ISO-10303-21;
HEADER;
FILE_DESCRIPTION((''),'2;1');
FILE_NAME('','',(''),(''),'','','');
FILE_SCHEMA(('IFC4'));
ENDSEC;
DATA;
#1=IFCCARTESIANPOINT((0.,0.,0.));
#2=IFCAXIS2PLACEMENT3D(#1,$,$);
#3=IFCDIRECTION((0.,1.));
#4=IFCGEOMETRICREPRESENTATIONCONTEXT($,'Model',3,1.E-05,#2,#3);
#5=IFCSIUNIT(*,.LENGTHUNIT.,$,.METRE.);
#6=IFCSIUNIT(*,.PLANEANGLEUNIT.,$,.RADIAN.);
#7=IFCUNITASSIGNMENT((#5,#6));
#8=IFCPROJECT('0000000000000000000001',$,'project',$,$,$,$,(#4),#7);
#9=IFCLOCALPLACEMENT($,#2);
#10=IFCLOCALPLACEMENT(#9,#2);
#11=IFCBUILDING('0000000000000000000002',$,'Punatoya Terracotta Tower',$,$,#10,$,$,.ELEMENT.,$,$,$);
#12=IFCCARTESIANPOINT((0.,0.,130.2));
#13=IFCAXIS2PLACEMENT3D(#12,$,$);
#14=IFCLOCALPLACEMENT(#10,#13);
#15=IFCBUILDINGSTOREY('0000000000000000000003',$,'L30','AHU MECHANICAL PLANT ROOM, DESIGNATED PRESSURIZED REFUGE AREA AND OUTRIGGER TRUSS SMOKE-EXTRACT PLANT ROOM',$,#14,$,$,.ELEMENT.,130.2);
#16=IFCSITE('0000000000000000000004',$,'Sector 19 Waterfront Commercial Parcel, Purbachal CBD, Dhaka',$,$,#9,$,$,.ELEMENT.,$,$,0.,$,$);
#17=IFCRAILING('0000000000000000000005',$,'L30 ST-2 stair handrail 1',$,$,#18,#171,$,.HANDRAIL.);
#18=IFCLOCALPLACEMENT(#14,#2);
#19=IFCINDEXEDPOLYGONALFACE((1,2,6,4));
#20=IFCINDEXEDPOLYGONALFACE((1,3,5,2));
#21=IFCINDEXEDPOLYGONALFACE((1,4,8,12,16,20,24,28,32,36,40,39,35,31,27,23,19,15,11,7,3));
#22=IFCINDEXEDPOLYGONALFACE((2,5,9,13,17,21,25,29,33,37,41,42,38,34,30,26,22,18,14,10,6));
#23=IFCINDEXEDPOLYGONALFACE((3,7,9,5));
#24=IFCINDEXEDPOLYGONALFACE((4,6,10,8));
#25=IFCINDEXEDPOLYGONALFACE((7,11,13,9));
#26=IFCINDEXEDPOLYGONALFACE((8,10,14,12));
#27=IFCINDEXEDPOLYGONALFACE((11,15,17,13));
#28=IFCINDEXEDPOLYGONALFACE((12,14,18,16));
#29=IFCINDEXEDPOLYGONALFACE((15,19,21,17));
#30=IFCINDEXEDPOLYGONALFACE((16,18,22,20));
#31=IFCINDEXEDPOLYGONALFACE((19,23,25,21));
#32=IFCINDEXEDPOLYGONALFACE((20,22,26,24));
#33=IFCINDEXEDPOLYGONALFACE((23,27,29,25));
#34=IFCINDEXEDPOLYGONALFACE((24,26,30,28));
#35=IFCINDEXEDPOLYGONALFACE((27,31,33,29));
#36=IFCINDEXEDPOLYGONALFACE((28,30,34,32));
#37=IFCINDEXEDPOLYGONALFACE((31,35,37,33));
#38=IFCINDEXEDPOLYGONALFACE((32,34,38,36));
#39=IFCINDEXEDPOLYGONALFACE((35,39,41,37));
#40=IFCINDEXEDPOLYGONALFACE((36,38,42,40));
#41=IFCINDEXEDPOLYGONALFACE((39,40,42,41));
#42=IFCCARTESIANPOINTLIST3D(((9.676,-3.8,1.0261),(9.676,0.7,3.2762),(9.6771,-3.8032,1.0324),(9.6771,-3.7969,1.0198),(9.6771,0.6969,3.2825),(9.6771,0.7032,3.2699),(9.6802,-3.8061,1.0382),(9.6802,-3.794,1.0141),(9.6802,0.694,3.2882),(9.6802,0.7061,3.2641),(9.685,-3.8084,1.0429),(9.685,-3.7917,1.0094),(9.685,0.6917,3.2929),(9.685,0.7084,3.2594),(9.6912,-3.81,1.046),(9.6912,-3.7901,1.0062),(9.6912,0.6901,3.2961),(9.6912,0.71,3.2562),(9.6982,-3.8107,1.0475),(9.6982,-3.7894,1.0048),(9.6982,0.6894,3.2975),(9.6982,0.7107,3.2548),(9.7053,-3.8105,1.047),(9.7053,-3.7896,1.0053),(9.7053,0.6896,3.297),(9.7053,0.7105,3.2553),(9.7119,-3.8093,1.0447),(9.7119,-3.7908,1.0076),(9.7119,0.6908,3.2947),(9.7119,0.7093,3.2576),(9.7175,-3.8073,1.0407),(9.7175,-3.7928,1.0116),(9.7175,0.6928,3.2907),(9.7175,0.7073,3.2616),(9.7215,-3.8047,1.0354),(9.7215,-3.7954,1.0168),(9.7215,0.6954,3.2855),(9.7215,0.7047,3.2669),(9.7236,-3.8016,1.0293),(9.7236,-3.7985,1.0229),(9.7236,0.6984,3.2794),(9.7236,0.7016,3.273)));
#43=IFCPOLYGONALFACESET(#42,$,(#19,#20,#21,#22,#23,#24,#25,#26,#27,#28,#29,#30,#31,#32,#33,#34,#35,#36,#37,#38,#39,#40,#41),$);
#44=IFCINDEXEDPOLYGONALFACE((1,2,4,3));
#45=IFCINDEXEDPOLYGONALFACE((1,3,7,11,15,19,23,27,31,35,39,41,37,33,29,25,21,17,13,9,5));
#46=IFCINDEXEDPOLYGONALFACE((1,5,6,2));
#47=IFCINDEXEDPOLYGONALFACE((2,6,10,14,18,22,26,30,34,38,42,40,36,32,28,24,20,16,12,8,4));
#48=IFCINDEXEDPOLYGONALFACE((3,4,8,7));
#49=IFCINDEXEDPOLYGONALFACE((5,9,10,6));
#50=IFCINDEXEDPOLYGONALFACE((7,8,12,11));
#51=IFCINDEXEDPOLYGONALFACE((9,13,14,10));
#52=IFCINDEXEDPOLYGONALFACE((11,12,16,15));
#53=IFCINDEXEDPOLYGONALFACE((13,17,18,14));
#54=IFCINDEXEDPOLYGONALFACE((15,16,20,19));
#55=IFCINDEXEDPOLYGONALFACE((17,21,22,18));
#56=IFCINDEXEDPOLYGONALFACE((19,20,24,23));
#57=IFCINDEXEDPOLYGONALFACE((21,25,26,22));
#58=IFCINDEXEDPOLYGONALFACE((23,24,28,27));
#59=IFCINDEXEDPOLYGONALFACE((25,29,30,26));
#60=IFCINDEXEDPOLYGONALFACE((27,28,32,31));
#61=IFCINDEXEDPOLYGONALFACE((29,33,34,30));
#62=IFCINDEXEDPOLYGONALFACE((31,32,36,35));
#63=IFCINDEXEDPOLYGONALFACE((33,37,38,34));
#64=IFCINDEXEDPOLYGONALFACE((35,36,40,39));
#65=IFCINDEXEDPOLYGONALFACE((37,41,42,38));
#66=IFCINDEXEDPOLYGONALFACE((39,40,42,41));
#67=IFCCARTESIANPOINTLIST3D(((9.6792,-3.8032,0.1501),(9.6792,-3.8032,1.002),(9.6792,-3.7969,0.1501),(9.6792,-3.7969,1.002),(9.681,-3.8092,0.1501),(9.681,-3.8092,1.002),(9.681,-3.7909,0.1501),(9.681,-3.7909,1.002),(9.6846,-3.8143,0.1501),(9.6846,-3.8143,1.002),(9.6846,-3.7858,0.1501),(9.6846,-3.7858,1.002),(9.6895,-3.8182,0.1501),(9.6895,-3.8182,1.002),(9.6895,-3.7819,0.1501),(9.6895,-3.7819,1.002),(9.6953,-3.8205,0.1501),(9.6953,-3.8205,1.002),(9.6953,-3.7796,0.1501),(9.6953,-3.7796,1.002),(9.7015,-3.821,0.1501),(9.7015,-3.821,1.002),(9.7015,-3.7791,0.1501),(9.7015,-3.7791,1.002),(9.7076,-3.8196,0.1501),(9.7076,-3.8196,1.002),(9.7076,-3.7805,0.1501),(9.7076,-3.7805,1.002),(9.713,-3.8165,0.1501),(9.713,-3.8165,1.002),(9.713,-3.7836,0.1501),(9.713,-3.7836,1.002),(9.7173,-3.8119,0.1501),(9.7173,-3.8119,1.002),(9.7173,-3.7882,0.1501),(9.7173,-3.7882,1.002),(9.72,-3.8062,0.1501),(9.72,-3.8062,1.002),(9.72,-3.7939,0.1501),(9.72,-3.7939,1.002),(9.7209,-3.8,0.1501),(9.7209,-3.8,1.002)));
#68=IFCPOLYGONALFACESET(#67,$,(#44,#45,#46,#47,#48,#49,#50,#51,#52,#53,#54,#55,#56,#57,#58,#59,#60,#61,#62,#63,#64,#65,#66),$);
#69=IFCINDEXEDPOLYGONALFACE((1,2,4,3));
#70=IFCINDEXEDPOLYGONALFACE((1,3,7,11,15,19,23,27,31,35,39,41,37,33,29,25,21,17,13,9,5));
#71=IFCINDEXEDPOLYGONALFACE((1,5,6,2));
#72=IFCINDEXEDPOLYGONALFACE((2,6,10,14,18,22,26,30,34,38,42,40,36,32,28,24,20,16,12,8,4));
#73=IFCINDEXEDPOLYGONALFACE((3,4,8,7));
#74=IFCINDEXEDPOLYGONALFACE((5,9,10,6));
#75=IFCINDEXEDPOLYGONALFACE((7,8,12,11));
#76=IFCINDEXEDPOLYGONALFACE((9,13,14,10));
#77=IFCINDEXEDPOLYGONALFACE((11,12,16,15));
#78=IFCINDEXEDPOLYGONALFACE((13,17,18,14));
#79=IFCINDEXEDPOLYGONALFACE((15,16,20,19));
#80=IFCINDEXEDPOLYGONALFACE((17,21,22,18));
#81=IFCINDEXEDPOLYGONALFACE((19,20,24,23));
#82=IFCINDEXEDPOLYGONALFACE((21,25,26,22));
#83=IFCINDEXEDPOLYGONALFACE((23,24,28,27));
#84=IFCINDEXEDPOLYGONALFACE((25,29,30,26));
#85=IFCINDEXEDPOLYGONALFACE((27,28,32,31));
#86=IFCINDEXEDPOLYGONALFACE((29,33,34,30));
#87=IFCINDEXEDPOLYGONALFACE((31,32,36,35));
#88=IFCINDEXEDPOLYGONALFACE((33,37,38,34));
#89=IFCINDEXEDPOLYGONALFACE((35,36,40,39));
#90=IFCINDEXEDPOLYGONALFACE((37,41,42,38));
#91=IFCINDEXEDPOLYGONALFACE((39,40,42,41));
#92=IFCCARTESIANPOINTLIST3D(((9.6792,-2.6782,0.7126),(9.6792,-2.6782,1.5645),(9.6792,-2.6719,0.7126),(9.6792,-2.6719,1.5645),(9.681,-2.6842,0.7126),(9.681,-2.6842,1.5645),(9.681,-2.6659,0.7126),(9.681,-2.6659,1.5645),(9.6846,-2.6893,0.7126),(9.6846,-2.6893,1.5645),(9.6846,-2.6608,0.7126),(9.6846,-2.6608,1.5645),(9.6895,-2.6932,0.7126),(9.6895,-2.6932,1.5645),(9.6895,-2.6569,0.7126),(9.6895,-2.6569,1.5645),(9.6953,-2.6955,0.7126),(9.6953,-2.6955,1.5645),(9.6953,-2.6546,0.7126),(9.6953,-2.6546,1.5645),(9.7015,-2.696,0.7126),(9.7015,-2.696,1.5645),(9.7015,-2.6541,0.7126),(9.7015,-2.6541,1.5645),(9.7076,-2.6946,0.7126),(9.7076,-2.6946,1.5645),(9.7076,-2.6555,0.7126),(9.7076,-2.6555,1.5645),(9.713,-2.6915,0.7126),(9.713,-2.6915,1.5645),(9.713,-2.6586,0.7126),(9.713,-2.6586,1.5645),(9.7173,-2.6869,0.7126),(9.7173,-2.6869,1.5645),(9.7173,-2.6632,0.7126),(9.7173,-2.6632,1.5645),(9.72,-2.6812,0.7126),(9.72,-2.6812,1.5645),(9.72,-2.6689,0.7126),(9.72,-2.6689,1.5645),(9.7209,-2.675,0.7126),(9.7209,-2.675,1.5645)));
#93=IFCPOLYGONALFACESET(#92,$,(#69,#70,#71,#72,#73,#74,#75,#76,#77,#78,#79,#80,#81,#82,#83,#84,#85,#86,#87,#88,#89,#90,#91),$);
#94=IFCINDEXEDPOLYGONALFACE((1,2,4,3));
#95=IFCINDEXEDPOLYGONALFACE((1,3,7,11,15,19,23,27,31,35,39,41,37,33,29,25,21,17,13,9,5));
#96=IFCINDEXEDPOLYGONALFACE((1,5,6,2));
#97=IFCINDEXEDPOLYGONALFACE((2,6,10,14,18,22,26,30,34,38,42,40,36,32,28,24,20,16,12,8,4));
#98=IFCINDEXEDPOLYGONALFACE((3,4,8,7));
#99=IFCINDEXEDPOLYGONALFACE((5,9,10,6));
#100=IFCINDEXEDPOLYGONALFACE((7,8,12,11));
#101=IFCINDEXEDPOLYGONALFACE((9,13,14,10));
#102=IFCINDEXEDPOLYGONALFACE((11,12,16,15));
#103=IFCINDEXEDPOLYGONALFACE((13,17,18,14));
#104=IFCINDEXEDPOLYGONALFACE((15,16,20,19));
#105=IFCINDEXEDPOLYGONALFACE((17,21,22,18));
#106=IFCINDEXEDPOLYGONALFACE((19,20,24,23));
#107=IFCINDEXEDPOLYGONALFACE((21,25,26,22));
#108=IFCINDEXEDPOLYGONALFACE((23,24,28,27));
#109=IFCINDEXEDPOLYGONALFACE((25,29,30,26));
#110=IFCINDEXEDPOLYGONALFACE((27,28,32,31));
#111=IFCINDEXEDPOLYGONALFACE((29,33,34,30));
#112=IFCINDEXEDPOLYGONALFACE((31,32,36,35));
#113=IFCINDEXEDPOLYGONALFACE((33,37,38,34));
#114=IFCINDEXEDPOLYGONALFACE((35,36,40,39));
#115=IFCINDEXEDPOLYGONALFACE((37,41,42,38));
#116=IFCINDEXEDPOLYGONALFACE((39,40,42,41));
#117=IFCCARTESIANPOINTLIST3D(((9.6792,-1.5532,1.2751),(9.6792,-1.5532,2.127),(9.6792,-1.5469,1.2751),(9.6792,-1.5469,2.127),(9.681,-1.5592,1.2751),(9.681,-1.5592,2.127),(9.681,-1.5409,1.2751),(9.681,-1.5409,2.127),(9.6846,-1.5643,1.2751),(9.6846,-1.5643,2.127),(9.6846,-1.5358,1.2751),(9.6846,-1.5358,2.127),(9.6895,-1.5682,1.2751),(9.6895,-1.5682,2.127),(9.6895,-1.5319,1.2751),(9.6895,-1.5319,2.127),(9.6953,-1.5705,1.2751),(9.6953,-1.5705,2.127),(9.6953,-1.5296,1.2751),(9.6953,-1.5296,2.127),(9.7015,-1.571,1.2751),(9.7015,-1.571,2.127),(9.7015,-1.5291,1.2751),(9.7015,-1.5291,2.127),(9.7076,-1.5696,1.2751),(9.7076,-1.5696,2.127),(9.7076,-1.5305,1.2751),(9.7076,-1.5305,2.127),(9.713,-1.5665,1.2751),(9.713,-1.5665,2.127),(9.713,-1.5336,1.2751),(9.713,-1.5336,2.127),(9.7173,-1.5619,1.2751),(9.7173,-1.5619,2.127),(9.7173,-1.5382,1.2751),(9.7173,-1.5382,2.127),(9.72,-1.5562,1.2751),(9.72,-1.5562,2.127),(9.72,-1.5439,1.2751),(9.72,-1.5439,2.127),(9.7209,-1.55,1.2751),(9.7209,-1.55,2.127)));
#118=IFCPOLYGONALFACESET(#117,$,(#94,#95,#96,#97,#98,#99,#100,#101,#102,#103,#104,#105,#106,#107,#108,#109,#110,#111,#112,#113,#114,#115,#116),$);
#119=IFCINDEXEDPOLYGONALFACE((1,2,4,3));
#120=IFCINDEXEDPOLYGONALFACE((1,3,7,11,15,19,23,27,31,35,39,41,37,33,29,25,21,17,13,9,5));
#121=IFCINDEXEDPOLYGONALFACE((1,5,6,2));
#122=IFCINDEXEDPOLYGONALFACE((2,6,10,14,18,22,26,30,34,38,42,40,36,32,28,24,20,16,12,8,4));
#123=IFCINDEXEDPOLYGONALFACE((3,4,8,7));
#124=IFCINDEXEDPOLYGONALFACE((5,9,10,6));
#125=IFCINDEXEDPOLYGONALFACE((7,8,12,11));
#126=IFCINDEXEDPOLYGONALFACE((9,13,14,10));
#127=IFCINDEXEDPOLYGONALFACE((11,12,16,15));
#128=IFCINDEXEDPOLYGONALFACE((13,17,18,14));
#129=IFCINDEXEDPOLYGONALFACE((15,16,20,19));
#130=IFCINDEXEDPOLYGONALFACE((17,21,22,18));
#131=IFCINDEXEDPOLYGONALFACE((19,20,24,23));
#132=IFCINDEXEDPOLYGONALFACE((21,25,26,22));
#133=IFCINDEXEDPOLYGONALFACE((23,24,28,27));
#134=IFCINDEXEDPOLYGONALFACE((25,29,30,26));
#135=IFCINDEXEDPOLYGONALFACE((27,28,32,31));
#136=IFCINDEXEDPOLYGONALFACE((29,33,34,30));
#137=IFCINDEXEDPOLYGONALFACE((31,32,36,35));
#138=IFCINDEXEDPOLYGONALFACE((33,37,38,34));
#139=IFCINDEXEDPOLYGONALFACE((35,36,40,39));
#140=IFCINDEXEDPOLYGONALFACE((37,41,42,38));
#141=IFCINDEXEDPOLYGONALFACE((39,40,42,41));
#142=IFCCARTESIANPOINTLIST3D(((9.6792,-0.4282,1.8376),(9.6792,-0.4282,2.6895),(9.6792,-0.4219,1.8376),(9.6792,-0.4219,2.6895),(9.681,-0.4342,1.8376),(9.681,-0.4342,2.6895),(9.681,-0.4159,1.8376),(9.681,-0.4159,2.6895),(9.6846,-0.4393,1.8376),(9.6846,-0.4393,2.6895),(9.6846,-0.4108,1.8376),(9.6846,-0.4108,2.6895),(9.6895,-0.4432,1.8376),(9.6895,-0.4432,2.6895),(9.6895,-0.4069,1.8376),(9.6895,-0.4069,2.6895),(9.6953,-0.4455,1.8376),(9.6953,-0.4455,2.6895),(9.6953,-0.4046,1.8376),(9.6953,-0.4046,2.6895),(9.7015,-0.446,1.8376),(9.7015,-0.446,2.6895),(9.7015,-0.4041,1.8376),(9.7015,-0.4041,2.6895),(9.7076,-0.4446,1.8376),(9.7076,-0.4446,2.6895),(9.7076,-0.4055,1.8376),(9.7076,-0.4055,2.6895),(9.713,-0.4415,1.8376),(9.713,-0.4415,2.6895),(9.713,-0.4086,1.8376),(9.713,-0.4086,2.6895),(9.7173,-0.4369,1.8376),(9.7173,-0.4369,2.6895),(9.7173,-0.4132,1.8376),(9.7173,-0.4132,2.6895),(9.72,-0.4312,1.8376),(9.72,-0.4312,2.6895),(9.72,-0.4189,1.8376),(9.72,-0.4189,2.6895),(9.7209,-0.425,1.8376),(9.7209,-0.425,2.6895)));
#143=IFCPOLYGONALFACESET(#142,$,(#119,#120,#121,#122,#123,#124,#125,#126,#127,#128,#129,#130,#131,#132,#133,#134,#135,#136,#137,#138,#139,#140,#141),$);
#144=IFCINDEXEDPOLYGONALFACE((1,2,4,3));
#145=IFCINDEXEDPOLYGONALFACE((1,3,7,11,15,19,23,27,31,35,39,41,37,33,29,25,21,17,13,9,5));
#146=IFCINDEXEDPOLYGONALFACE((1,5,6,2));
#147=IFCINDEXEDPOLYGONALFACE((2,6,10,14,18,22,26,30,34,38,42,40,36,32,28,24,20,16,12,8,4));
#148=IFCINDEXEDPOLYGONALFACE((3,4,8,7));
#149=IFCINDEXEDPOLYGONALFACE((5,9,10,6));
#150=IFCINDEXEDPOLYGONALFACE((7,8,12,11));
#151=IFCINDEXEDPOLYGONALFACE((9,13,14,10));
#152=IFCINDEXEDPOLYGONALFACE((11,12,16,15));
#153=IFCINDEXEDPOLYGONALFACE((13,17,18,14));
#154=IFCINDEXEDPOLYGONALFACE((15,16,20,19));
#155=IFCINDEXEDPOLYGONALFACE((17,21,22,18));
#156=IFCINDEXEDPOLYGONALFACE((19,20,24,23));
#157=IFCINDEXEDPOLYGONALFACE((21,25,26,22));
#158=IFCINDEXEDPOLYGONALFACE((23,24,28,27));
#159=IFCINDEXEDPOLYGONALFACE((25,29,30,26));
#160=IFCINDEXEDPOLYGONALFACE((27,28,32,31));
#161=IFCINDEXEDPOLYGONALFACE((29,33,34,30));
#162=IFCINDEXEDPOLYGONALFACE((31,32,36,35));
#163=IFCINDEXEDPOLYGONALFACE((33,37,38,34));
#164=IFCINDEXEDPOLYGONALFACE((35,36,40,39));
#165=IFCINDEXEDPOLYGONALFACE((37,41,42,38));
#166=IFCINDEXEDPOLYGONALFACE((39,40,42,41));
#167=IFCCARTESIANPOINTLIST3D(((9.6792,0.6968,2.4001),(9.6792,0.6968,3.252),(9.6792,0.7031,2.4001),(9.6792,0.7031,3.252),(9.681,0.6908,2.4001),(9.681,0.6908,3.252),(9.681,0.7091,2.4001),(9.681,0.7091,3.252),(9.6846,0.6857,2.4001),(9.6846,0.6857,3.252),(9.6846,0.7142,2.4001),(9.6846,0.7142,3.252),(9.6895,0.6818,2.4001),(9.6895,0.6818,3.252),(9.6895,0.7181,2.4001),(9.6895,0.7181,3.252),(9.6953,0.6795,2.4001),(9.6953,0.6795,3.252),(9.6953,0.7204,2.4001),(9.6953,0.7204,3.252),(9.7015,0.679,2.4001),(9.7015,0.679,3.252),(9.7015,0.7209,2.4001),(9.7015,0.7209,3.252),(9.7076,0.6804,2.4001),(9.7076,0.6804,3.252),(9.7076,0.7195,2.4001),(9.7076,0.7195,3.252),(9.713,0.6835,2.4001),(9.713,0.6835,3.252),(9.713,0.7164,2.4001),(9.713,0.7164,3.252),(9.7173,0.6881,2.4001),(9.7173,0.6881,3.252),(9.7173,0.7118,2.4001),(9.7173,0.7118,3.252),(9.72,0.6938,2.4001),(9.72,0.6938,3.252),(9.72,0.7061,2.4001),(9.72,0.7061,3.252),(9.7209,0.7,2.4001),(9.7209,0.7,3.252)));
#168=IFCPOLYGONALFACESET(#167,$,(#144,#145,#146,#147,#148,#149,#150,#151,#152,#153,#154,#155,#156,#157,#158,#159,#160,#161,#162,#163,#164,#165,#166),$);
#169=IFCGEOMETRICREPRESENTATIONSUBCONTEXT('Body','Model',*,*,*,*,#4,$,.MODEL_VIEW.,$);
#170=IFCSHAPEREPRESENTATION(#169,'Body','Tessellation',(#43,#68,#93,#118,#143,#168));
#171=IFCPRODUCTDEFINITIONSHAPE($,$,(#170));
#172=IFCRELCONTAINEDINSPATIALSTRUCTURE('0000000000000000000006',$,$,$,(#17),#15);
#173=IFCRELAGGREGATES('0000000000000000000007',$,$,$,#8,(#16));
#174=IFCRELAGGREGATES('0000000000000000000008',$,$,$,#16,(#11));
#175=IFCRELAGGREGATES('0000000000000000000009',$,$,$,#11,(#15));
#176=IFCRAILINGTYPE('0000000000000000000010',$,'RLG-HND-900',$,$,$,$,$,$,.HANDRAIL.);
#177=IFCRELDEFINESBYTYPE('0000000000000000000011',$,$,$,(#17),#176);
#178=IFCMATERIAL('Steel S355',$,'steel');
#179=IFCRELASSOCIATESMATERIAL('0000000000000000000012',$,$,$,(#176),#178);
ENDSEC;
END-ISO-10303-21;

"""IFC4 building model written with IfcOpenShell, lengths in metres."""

from ifc_helpers import new_model, si_unit, direction, frame, origin, origin_2d, place, context, subcontext, project, spatial, circle, extrude, material, type_object, element, save


model = new_model("IFC4")

# Units and contexts
model_context = context("Model", 3, precision=1e-05, world=origin(), true_north=direction((0.0, 1.0)))
body_context = subcontext(model_context, "Body", "Model", "MODEL_VIEW")
ifc_project = project(units=[si_unit("LENGTHUNIT", "METRE"), si_unit("PLANEANGLEUNIT", "RADIAN")], contexts=[model_context])

# Site, building, storey
site_placement = place(None, origin())
site = spatial("IfcSite", under=ifc_project, at=site_placement, Name="Sector 19 Waterfront Commercial Parcel, Purbachal CBD, Dhaka", CompositionType="ELEMENT", RefElevation=0.0)
building_placement = place(site_placement, origin())
building = spatial("IfcBuilding", under=site, at=building_placement, Name="Punatoya Terracotta Tower", CompositionType="ELEMENT")
storey_placement = place(building_placement, frame((0.0, 0.0, 130.2)))
storey = spatial("IfcBuildingStorey", under=building, at=storey_placement, Name="L30", Description="AHU MECHANICAL PLANT ROOM, DESIGNATED PRESSURIZED REFUGE AREA AND OUTRIGGER TRUSS SMOKE-EXTRACT PLANT ROOM", CompositionType="ELEMENT", Elevation=130.2)

# Shared definitions
ifc_material_1 = material(Name="Steel S355", Category="steel")

# Railing
railing_type_1 = type_object("IfcRailingType", Name="RLG-HND-900", PredefinedType="HANDRAIL", material=ifc_material_1)
railing_1_placement = place(storey_placement, frame((9.7, -3.8, 0.1501)))
element("IfcRailing", 1, at=railing_1_placement, inside=storey, type_object=railing_type_1, Name="L30 ST-2 stair handrail 1", PredefinedType="HANDRAIL", context=body_context, shape_type="SweptSolid", body=[
    extrude(circle(Radius=0.0239, at=origin_2d()), frame((0.0, 0.0, 0.876), z_axis=(0.0, 0.894427, 0.447214), x_axis=(-1.0, 0.0, 0.0)), (0.0, 0.0, 1.0), 5.0312),
    extrude(circle(Radius=0.021, at=origin_2d()), origin(), (0.0, 0.0, 1.0), 0.8518),
    extrude(circle(Radius=0.021, at=origin_2d()), frame((0.0, 1.125, 0.5625)), (0.0, 0.0, 1.0), 0.8518),
    extrude(circle(Radius=0.021, at=origin_2d()), frame((0.0, 2.25, 1.125)), (0.0, 0.0, 1.0), 0.8518),
    extrude(circle(Radius=0.021, at=origin_2d()), frame((0.0, 3.375, 1.6875)), (0.0, 0.0, 1.0), 0.8518),
    extrude(circle(Radius=0.021, at=origin_2d()), frame((0.0, 4.5, 2.25)), (0.0, 0.0, 1.0), 0.8518),
])

save(model, "model.ifc")
